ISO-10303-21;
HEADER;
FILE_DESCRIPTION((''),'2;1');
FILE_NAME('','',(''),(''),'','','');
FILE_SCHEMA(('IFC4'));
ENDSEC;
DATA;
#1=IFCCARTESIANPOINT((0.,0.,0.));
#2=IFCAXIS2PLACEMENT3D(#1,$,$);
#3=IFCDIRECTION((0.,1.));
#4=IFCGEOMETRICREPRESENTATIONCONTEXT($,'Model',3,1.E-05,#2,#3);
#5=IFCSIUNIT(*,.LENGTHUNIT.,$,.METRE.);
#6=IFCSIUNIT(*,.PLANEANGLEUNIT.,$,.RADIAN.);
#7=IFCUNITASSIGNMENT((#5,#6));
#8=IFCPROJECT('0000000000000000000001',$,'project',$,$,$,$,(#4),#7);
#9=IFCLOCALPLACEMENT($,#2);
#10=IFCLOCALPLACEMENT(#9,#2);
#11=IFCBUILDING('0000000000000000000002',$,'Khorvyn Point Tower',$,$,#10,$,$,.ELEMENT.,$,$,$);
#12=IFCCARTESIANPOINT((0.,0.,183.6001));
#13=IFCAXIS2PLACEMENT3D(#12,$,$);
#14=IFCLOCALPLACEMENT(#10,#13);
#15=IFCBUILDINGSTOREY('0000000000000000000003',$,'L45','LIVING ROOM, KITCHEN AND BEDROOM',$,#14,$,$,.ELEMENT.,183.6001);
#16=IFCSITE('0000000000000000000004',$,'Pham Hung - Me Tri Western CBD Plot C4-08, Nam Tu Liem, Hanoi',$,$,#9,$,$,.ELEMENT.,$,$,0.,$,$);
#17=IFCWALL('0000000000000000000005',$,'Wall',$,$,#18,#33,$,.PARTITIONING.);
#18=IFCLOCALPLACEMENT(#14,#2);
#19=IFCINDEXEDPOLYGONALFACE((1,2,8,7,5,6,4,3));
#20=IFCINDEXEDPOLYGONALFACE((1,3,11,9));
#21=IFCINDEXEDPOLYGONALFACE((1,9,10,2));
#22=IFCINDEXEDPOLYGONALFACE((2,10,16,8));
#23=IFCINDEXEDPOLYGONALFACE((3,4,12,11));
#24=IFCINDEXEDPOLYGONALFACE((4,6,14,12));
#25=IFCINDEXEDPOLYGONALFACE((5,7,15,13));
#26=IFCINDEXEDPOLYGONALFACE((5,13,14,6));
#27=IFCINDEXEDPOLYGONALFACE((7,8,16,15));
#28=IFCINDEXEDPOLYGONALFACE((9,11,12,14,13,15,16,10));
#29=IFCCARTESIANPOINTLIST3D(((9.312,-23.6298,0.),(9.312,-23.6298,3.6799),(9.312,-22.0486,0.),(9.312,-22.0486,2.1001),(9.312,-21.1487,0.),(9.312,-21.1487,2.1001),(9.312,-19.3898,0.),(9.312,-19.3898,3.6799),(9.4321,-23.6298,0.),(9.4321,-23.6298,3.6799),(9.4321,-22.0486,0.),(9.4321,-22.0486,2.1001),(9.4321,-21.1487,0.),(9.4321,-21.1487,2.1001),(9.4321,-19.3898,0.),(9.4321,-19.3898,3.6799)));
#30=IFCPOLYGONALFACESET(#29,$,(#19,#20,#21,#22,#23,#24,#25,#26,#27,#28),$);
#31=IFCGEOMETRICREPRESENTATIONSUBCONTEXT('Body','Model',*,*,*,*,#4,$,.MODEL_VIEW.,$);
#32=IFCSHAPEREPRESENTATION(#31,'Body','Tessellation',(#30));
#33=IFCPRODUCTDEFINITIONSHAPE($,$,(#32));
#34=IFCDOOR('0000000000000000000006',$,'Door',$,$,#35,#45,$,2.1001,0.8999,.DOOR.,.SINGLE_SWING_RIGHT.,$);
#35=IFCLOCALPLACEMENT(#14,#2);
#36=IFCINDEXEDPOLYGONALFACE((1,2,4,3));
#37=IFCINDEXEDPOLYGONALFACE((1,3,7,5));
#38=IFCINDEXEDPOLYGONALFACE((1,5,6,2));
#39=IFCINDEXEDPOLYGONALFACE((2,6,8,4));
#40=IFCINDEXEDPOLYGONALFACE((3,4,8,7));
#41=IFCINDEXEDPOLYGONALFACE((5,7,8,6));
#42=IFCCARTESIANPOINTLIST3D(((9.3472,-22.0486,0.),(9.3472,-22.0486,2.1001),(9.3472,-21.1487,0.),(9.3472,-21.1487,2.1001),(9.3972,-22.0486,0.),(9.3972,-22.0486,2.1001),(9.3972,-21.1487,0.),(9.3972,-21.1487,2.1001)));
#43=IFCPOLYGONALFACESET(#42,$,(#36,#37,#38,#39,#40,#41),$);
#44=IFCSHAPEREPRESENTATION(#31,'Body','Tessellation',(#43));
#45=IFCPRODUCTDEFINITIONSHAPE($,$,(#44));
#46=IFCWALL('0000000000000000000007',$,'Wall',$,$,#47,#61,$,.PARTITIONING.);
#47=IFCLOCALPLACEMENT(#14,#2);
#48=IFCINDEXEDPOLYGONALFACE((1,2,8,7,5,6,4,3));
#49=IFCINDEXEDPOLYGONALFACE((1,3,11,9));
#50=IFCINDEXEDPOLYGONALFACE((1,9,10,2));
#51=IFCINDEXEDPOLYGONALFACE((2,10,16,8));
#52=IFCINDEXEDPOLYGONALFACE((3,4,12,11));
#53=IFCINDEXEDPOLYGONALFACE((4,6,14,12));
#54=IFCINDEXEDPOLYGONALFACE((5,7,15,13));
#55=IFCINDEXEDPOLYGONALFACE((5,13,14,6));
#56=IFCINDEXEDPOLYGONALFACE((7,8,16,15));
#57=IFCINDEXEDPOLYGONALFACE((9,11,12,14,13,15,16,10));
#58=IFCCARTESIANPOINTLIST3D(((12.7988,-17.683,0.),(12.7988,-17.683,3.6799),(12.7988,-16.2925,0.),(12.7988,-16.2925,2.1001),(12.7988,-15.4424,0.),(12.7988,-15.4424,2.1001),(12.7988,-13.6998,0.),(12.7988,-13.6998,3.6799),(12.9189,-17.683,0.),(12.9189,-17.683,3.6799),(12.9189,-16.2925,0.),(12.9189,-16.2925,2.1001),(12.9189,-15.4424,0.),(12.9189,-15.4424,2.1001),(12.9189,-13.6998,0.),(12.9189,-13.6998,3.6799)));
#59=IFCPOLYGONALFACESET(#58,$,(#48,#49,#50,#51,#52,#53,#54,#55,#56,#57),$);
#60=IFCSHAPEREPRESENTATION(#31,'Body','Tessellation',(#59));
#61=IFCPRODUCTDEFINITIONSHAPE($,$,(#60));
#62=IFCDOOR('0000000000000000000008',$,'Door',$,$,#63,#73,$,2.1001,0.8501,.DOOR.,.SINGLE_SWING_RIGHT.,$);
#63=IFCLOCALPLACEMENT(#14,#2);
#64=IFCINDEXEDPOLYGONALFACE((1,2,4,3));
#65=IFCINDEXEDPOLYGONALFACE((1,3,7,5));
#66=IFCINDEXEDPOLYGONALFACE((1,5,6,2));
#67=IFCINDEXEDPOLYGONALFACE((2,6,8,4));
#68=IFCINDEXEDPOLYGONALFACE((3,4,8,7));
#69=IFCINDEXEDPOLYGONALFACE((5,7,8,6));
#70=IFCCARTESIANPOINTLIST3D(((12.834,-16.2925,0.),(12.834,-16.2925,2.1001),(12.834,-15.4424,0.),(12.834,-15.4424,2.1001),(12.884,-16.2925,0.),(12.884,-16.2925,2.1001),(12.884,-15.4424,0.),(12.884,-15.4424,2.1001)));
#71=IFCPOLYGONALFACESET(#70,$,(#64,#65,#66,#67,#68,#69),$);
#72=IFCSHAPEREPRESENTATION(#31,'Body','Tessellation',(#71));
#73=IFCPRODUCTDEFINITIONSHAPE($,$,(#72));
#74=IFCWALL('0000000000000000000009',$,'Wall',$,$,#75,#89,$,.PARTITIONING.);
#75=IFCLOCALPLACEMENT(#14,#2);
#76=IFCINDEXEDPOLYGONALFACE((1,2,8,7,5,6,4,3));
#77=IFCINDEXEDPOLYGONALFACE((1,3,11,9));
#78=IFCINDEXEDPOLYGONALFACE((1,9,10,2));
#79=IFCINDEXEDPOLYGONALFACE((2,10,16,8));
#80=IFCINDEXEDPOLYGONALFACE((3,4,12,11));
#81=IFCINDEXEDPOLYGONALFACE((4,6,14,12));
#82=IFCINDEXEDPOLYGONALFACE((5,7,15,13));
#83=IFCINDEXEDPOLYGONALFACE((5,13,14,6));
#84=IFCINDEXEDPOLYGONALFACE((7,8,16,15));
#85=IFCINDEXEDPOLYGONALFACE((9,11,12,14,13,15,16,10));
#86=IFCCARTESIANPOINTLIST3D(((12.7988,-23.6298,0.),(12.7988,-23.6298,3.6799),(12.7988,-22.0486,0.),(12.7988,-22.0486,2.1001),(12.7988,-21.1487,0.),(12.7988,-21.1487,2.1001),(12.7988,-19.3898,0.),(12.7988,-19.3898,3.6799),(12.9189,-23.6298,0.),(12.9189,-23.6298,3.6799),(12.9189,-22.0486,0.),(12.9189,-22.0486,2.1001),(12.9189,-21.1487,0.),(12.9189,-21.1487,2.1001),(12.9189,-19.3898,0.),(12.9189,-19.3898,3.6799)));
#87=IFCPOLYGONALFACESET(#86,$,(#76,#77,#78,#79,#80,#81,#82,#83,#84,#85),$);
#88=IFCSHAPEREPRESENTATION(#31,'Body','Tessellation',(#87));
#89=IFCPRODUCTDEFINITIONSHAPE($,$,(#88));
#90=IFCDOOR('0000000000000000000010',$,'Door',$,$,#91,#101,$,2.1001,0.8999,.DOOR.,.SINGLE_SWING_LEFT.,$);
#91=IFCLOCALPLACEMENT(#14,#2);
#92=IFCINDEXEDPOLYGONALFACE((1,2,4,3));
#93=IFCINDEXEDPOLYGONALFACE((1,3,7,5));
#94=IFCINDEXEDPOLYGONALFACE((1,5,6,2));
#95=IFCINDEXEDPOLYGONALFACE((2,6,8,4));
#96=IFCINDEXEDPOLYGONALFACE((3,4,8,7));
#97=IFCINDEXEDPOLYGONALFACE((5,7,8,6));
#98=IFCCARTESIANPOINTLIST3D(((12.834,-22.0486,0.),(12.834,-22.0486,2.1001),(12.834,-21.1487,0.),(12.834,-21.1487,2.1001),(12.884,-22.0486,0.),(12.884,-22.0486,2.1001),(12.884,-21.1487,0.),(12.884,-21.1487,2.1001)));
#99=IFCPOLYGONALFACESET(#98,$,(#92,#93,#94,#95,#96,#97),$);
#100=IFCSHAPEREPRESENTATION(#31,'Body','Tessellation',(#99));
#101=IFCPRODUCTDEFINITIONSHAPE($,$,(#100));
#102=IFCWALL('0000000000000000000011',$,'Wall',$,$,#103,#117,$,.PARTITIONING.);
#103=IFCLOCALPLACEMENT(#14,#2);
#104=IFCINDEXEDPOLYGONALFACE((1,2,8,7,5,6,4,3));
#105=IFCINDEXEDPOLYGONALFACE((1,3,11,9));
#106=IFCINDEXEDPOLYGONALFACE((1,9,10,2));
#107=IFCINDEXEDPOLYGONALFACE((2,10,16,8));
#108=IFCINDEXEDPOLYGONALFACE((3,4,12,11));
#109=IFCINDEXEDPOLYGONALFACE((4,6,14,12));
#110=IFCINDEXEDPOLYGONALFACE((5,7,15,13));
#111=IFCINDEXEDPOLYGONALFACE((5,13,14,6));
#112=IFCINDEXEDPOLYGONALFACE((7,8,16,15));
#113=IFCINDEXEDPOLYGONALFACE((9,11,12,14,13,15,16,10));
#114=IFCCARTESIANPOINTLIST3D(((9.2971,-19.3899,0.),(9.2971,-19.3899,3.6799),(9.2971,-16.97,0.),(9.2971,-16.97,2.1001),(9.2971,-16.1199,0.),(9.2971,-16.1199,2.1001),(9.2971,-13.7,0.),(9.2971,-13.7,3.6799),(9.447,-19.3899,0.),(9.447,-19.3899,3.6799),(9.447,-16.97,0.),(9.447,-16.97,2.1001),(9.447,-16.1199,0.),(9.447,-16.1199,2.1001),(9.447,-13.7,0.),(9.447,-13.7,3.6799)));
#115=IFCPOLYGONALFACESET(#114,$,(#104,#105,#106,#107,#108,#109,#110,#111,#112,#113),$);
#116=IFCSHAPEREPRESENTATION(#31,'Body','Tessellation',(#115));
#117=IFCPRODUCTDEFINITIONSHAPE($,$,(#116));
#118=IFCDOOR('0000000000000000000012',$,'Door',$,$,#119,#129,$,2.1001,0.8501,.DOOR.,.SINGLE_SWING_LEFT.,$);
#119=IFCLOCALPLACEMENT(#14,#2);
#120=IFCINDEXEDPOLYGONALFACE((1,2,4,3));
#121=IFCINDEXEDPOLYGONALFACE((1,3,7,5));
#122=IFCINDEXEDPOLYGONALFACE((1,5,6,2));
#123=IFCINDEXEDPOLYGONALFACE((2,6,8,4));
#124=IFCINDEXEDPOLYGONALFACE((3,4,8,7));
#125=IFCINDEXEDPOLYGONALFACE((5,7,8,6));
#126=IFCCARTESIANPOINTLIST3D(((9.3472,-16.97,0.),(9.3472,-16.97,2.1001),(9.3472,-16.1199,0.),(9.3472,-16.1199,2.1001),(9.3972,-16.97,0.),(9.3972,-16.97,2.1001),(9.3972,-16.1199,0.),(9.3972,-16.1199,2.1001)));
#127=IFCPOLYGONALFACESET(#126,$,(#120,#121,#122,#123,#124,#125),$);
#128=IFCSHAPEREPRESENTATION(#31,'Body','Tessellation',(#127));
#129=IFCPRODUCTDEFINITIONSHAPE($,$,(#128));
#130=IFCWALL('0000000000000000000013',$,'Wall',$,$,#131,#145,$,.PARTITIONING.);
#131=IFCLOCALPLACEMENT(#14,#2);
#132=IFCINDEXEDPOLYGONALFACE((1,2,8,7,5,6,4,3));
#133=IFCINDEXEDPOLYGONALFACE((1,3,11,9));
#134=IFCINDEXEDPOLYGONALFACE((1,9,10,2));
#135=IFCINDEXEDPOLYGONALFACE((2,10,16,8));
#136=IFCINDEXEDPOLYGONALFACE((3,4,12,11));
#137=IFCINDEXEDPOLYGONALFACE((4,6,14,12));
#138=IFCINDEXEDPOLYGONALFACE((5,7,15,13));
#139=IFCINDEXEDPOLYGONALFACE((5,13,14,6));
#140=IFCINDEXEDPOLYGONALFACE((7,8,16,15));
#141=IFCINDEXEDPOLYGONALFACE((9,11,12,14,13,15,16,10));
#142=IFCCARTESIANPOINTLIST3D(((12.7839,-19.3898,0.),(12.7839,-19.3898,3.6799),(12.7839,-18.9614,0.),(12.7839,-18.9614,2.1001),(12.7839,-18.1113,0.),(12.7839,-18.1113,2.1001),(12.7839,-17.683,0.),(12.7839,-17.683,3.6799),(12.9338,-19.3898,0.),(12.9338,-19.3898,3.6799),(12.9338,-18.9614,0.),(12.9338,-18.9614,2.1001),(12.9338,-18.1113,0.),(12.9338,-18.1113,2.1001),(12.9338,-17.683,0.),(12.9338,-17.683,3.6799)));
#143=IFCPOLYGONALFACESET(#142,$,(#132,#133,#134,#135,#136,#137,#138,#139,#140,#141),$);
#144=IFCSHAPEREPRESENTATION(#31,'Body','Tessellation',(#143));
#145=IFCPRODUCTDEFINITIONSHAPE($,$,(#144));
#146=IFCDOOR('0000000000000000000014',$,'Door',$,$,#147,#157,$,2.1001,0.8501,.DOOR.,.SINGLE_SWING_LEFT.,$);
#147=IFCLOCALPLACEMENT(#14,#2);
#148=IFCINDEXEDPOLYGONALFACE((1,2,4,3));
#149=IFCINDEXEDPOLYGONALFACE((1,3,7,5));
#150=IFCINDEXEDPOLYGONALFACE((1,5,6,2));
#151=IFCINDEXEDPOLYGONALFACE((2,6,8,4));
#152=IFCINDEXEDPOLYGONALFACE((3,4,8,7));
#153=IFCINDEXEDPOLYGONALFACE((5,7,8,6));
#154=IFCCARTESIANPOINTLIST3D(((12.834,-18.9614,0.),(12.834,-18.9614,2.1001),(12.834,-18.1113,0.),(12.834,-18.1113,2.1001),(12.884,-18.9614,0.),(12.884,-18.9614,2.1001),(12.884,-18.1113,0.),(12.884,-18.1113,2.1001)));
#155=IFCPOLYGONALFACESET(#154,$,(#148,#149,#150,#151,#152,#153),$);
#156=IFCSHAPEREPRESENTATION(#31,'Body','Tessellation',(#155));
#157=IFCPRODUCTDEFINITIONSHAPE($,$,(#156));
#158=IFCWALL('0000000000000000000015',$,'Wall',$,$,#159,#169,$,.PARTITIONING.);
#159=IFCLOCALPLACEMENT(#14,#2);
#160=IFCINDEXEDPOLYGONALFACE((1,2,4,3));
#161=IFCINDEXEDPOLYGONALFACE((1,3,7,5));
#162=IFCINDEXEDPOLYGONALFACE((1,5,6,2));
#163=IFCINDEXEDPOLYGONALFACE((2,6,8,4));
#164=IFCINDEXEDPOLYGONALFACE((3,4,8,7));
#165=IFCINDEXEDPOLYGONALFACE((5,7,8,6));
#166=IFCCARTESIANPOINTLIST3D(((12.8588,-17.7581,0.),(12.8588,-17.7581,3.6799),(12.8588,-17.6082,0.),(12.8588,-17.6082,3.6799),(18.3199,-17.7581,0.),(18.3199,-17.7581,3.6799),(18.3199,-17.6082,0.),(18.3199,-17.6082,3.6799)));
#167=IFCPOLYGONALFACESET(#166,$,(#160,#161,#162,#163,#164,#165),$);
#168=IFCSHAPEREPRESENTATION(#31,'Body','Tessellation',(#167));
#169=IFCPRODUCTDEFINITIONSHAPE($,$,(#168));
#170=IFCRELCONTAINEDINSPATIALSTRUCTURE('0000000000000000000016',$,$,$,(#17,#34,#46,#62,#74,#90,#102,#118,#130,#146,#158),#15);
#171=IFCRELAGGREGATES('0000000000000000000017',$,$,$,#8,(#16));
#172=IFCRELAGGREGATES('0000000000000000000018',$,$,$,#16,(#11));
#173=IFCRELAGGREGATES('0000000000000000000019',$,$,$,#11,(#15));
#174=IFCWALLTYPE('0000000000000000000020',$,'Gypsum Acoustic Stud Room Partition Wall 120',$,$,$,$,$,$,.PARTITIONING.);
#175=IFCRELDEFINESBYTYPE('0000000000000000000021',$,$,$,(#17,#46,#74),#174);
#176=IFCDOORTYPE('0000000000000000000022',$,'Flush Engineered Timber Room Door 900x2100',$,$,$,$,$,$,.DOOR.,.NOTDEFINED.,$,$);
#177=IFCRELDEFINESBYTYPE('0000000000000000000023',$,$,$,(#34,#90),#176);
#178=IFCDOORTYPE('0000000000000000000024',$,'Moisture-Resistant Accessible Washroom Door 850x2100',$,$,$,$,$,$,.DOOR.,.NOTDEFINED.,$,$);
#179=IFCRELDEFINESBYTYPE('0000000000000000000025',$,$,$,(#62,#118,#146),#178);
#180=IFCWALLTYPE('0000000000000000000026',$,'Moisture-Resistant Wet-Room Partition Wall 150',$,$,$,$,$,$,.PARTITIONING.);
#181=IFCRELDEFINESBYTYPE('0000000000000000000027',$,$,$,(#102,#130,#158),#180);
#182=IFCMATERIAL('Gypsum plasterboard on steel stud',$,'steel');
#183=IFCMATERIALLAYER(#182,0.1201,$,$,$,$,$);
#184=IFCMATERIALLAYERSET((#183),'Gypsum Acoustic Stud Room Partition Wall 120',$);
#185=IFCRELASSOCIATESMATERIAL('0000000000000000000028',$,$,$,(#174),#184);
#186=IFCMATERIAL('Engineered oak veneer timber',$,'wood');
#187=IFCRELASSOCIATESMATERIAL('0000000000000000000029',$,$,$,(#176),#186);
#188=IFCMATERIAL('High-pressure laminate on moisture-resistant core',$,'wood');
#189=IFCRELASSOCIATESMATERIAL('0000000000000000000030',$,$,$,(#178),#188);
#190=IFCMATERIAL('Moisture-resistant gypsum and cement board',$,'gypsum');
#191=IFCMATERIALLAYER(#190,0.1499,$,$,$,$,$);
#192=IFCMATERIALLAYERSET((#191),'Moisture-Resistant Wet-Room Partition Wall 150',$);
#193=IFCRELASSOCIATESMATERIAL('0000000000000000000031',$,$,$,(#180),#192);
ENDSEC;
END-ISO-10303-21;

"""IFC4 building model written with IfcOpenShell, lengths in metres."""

from ifc_helpers import new_model, si_unit, direction, frame, frame_2d, origin, place, context, subcontext, project, spatial, rectangle, extrude, material, layer, layer_set, type_object, element, fill, save


model = new_model("IFC4")

# Units and contexts
model_context = context("Model", 3, precision=1e-05, world=origin(), true_north=direction((0.0, 1.0)))
body_context = subcontext(model_context, "Body", "Model", "MODEL_VIEW")
ifc_project = project(units=[si_unit("LENGTHUNIT", "METRE"), si_unit("PLANEANGLEUNIT", "RADIAN")], contexts=[model_context])

# Site, building, storey
site_placement = place(None, origin())
site = spatial("IfcSite", under=ifc_project, at=site_placement, Name="Pham Hung - Me Tri Western CBD Plot C4-08, Nam Tu Liem, Hanoi", CompositionType="ELEMENT", RefElevation=0.0)
building_placement = place(site_placement, origin())
building = spatial("IfcBuilding", under=site, at=building_placement, Name="Khorvyn Point Tower", CompositionType="ELEMENT")
storey_placement = place(building_placement, frame((0.0, 0.0, 183.6001)))
storey = spatial("IfcBuildingStorey", under=building, at=storey_placement, Name="L45", Description="LIVING ROOM, KITCHEN AND BEDROOM", CompositionType="ELEMENT", Elevation=183.6001)

# Walls, openings, doors
ifc_material_1 = material(Name="Gypsum plasterboard on steel stud", Category="steel")
ifc_layer_1 = layer(ifc_material_1, 0.1201)
ifc_layer_set_1 = layer_set([ifc_layer_1], Name="Gypsum Acoustic Stud Room Partition Wall 120")
wall_type_1 = type_object("IfcWallType", Name="Gypsum Acoustic Stud Room Partition Wall 120", PredefinedType="PARTITIONING", material=ifc_layer_set_1)
wall_1_placement = place(storey_placement, frame((9.3721, -23.6299, 0.0), z_axis=(0.0, 0.0, 1.0), x_axis=(0.0, 1.0, 0.0)))
wall_1 = element("IfcWall", 1, at=wall_1_placement, inside=storey, type_object=wall_type_1, Name="Wall", PredefinedType="PARTITIONING", context=body_context, shape_type="SweptSolid", body=[
    extrude(rectangle(XDim=4.24, YDim=0.1201, at=frame_2d((2.1201, 0.0))), origin(), (0.0, 0.0, 1.0), 3.6799),
])
opening_1_placement = place(wall_1_placement, frame((1.5813, 0.0, 0.0)))
opening_1 = element("IfcOpeningElement", 2, at=opening_1_placement, cuts=wall_1, PredefinedType="OPENING", context=body_context, shape_type="SweptSolid", body=[
    extrude(rectangle(XDim=0.8999, YDim=2.1001, at=frame_2d((0.45, 1.05))), frame((0.0, 0.0701, 0.0), z_axis=(0.0, -1.0, 0.0), x_axis=(1.0, 0.0, 0.0)), (0.0, 0.0, 1.0), 0.1401),
])
ifc_material_2 = material(Name="Engineered oak veneer timber", Category="wood")
door_type_1 = type_object("IfcDoorType", Name="Flush Engineered Timber Room Door 900x2100", OperationType="NOTDEFINED", PredefinedType="DOOR", material=ifc_material_2)
door_1_placement = place(opening_1_placement, origin())
door_1 = element("IfcDoor", 3, at=door_1_placement, inside=storey, type_object=door_type_1, Name="Door", OperationType="SINGLE_SWING_RIGHT", OverallHeight=2.1001, OverallWidth=0.8999, PredefinedType="DOOR", context=body_context, shape_type="SweptSolid", body=[
    extrude(rectangle(XDim=0.8999, YDim=2.1001, at=frame_2d((0.45, 1.05))), frame((0.0, 0.0249, 0.0), z_axis=(0.0, -1.0, 0.0), x_axis=(1.0, 0.0, 0.0)), (0.0, 0.0, 1.0), 0.05),
])
fill(opening_1, door_1)
wall_2_placement = place(storey_placement, frame((12.8589, -17.6831, 0.0), z_axis=(0.0, 0.0, 1.0), x_axis=(0.0, 1.0, 0.0)))
wall_2 = element("IfcWall", 4, at=wall_2_placement, inside=storey, type_object=wall_type_1, Name="Wall", PredefinedType="PARTITIONING", context=body_context, shape_type="SweptSolid", body=[
    extrude(rectangle(XDim=3.9832, YDim=0.1201, at=frame_2d((1.9917, 0.0))), origin(), (0.0, 0.0, 1.0), 3.6799),
])
opening_2_placement = place(wall_2_placement, frame((1.3906, 0.0, 0.0)))
opening_2 = element("IfcOpeningElement", 5, at=opening_2_placement, cuts=wall_2, PredefinedType="OPENING", context=body_context, shape_type="SweptSolid", body=[
    extrude(rectangle(XDim=0.8501, YDim=2.1001, at=frame_2d((0.425, 1.05))), frame((0.0, 0.0701, 0.0), z_axis=(0.0, -1.0, 0.0), x_axis=(1.0, 0.0, 0.0)), (0.0, 0.0, 1.0), 0.1401),
])
ifc_material_3 = material(Name="High-pressure laminate on moisture-resistant core", Category="wood")
door_type_2 = type_object("IfcDoorType", Name="Moisture-Resistant Accessible Washroom Door 850x2100", OperationType="NOTDEFINED", PredefinedType="DOOR", material=ifc_material_3)
door_2_placement = place(opening_2_placement, origin())
door_2 = element("IfcDoor", 6, at=door_2_placement, inside=storey, type_object=door_type_2, Name="Door", OperationType="SINGLE_SWING_RIGHT", OverallHeight=2.1001, OverallWidth=0.8501, PredefinedType="DOOR", context=body_context, shape_type="SweptSolid", body=[
    extrude(rectangle(XDim=0.8501, YDim=2.1001, at=frame_2d((0.425, 1.05))), frame((0.0, 0.0249, 0.0), z_axis=(0.0, -1.0, 0.0), x_axis=(1.0, 0.0, 0.0)), (0.0, 0.0, 1.0), 0.05),
])
fill(opening_2, door_2)
wall_3_placement = place(storey_placement, frame((12.8589, -23.6299, 0.0), z_axis=(0.0, 0.0, 1.0), x_axis=(0.0, 1.0, 0.0)))
wall_3 = element("IfcWall", 7, at=wall_3_placement, inside=storey, type_object=wall_type_1, Name="Wall", PredefinedType="PARTITIONING", context=body_context, shape_type="SweptSolid", body=[
    extrude(rectangle(XDim=4.24, YDim=0.1201, at=frame_2d((2.1201, 0.0))), origin(), (0.0, 0.0, 1.0), 3.6799),
])
opening_3_placement = place(wall_3_placement, frame((1.5813, 0.0, 0.0)))
opening_3 = element("IfcOpeningElement", 8, at=opening_3_placement, cuts=wall_3, PredefinedType="OPENING", context=body_context, shape_type="SweptSolid", body=[
    extrude(rectangle(XDim=0.8999, YDim=2.1001, at=frame_2d((0.45, 1.05))), frame((0.0, 0.0701, 0.0), z_axis=(0.0, -1.0, 0.0), x_axis=(1.0, 0.0, 0.0)), (0.0, 0.0, 1.0), 0.1401),
])
door_3_placement = place(opening_3_placement, origin())
door_3 = element("IfcDoor", 9, at=door_3_placement, inside=storey, type_object=door_type_1, Name="Door", OperationType="SINGLE_SWING_LEFT", OverallHeight=2.1001, OverallWidth=0.8999, PredefinedType="DOOR", context=body_context, shape_type="SweptSolid", body=[
    extrude(rectangle(XDim=0.8999, YDim=2.1001, at=frame_2d((0.45, 1.05))), frame((0.0, 0.0249, 0.0), z_axis=(0.0, -1.0, 0.0), x_axis=(1.0, 0.0, 0.0)), (0.0, 0.0, 1.0), 0.05),
])
fill(opening_3, door_3)
ifc_material_4 = material(Name="Moisture-resistant gypsum and cement board", Category="gypsum")
ifc_layer_2 = layer(ifc_material_4, 0.1499)
ifc_layer_set_2 = layer_set([ifc_layer_2], Name="Moisture-Resistant Wet-Room Partition Wall 150")
wall_type_2 = type_object("IfcWallType", Name="Moisture-Resistant Wet-Room Partition Wall 150", PredefinedType="PARTITIONING", material=ifc_layer_set_2)
wall_4_placement = place(storey_placement, frame((9.3721, -19.3899, 0.0), z_axis=(0.0, 0.0, 1.0), x_axis=(0.0, 1.0, 0.0)))
wall_4 = element("IfcWall", 10, at=wall_4_placement, inside=storey, type_object=wall_type_2, Name="Wall", PredefinedType="PARTITIONING", context=body_context, shape_type="SweptSolid", body=[
    extrude(rectangle(XDim=5.6899, YDim=0.1499, at=frame_2d((2.845, 0.0))), origin(), (0.0, 0.0, 1.0), 3.6799),
])
opening_4_placement = place(wall_4_placement, frame((2.4199, 0.0, 0.0)))
opening_4 = element("IfcOpeningElement", 11, at=opening_4_placement, cuts=wall_4, PredefinedType="OPENING", context=body_context, shape_type="SweptSolid", body=[
    extrude(rectangle(XDim=0.8501, YDim=2.1001, at=frame_2d((0.425, 1.05))), frame((0.0, 0.085, 0.0), z_axis=(0.0, -1.0, 0.0), x_axis=(1.0, 0.0, 0.0)), (0.0, 0.0, 1.0), 0.1699),
])
door_4_placement = place(opening_4_placement, origin())
door_4 = element("IfcDoor", 12, at=door_4_placement, inside=storey, type_object=door_type_2, Name="Door", OperationType="SINGLE_SWING_LEFT", OverallHeight=2.1001, OverallWidth=0.8501, PredefinedType="DOOR", context=body_context, shape_type="SweptSolid", body=[
    extrude(rectangle(XDim=0.8501, YDim=2.1001, at=frame_2d((0.425, 1.05))), frame((0.0, 0.0249, 0.0), z_axis=(0.0, -1.0, 0.0), x_axis=(1.0, 0.0, 0.0)), (0.0, 0.0, 1.0), 0.05),
])
fill(opening_4, door_4)
wall_5_placement = place(storey_placement, frame((12.8589, -19.3899, 0.0), z_axis=(0.0, 0.0, 1.0), x_axis=(0.0, 1.0, 0.0)))
wall_5 = element("IfcWall", 13, at=wall_5_placement, inside=storey, type_object=wall_type_2, Name="Wall", PredefinedType="PARTITIONING", context=body_context, shape_type="SweptSolid", body=[
    extrude(rectangle(XDim=1.7068, YDim=0.1499, at=frame_2d((0.8535, 0.0))), origin(), (0.0, 0.0, 1.0), 3.6799),
])
opening_5_placement = place(wall_5_placement, frame((0.4285, 0.0, 0.0)))
opening_5 = element("IfcOpeningElement", 14, at=opening_5_placement, cuts=wall_5, PredefinedType="OPENING", context=body_context, shape_type="SweptSolid", body=[
    extrude(rectangle(XDim=0.8501, YDim=2.1001, at=frame_2d((0.425, 1.05))), frame((0.0, 0.085, 0.0), z_axis=(0.0, -1.0, 0.0), x_axis=(1.0, 0.0, 0.0)), (0.0, 0.0, 1.0), 0.1699),
])
door_5_placement = place(opening_5_placement, origin())
door_5 = element("IfcDoor", 15, at=door_5_placement, inside=storey, type_object=door_type_2, Name="Door", OperationType="SINGLE_SWING_LEFT", OverallHeight=2.1001, OverallWidth=0.8501, PredefinedType="DOOR", context=body_context, shape_type="SweptSolid", body=[
    extrude(rectangle(XDim=0.8501, YDim=2.1001, at=frame_2d((0.425, 1.05))), frame((0.0, 0.0249, 0.0), z_axis=(0.0, -1.0, 0.0), x_axis=(1.0, 0.0, 0.0)), (0.0, 0.0, 1.0), 0.05),
])
fill(opening_5, door_5)

# Wall
for number, where, z_axis, x_axis, name in (
    (16, (12.8589, -17.6831, 0.0), (0.0, 0.0, 1.0), (1.0, 0.0, 0.0), "Wall"),
):
    element("IfcWall", number, at=place(storey_placement, frame(where, z_axis=z_axis, x_axis=x_axis)), inside=storey, type_object=wall_type_2, Name=name, PredefinedType="PARTITIONING", context=body_context, shape_type="SweptSolid", body=[
        extrude(rectangle(XDim=5.4612, YDim=0.1499, at=frame_2d((2.7305, 0.0))), origin(), (0.0, 0.0, 1.0), 3.6799),
    ])

save(model, "model.ifc")
